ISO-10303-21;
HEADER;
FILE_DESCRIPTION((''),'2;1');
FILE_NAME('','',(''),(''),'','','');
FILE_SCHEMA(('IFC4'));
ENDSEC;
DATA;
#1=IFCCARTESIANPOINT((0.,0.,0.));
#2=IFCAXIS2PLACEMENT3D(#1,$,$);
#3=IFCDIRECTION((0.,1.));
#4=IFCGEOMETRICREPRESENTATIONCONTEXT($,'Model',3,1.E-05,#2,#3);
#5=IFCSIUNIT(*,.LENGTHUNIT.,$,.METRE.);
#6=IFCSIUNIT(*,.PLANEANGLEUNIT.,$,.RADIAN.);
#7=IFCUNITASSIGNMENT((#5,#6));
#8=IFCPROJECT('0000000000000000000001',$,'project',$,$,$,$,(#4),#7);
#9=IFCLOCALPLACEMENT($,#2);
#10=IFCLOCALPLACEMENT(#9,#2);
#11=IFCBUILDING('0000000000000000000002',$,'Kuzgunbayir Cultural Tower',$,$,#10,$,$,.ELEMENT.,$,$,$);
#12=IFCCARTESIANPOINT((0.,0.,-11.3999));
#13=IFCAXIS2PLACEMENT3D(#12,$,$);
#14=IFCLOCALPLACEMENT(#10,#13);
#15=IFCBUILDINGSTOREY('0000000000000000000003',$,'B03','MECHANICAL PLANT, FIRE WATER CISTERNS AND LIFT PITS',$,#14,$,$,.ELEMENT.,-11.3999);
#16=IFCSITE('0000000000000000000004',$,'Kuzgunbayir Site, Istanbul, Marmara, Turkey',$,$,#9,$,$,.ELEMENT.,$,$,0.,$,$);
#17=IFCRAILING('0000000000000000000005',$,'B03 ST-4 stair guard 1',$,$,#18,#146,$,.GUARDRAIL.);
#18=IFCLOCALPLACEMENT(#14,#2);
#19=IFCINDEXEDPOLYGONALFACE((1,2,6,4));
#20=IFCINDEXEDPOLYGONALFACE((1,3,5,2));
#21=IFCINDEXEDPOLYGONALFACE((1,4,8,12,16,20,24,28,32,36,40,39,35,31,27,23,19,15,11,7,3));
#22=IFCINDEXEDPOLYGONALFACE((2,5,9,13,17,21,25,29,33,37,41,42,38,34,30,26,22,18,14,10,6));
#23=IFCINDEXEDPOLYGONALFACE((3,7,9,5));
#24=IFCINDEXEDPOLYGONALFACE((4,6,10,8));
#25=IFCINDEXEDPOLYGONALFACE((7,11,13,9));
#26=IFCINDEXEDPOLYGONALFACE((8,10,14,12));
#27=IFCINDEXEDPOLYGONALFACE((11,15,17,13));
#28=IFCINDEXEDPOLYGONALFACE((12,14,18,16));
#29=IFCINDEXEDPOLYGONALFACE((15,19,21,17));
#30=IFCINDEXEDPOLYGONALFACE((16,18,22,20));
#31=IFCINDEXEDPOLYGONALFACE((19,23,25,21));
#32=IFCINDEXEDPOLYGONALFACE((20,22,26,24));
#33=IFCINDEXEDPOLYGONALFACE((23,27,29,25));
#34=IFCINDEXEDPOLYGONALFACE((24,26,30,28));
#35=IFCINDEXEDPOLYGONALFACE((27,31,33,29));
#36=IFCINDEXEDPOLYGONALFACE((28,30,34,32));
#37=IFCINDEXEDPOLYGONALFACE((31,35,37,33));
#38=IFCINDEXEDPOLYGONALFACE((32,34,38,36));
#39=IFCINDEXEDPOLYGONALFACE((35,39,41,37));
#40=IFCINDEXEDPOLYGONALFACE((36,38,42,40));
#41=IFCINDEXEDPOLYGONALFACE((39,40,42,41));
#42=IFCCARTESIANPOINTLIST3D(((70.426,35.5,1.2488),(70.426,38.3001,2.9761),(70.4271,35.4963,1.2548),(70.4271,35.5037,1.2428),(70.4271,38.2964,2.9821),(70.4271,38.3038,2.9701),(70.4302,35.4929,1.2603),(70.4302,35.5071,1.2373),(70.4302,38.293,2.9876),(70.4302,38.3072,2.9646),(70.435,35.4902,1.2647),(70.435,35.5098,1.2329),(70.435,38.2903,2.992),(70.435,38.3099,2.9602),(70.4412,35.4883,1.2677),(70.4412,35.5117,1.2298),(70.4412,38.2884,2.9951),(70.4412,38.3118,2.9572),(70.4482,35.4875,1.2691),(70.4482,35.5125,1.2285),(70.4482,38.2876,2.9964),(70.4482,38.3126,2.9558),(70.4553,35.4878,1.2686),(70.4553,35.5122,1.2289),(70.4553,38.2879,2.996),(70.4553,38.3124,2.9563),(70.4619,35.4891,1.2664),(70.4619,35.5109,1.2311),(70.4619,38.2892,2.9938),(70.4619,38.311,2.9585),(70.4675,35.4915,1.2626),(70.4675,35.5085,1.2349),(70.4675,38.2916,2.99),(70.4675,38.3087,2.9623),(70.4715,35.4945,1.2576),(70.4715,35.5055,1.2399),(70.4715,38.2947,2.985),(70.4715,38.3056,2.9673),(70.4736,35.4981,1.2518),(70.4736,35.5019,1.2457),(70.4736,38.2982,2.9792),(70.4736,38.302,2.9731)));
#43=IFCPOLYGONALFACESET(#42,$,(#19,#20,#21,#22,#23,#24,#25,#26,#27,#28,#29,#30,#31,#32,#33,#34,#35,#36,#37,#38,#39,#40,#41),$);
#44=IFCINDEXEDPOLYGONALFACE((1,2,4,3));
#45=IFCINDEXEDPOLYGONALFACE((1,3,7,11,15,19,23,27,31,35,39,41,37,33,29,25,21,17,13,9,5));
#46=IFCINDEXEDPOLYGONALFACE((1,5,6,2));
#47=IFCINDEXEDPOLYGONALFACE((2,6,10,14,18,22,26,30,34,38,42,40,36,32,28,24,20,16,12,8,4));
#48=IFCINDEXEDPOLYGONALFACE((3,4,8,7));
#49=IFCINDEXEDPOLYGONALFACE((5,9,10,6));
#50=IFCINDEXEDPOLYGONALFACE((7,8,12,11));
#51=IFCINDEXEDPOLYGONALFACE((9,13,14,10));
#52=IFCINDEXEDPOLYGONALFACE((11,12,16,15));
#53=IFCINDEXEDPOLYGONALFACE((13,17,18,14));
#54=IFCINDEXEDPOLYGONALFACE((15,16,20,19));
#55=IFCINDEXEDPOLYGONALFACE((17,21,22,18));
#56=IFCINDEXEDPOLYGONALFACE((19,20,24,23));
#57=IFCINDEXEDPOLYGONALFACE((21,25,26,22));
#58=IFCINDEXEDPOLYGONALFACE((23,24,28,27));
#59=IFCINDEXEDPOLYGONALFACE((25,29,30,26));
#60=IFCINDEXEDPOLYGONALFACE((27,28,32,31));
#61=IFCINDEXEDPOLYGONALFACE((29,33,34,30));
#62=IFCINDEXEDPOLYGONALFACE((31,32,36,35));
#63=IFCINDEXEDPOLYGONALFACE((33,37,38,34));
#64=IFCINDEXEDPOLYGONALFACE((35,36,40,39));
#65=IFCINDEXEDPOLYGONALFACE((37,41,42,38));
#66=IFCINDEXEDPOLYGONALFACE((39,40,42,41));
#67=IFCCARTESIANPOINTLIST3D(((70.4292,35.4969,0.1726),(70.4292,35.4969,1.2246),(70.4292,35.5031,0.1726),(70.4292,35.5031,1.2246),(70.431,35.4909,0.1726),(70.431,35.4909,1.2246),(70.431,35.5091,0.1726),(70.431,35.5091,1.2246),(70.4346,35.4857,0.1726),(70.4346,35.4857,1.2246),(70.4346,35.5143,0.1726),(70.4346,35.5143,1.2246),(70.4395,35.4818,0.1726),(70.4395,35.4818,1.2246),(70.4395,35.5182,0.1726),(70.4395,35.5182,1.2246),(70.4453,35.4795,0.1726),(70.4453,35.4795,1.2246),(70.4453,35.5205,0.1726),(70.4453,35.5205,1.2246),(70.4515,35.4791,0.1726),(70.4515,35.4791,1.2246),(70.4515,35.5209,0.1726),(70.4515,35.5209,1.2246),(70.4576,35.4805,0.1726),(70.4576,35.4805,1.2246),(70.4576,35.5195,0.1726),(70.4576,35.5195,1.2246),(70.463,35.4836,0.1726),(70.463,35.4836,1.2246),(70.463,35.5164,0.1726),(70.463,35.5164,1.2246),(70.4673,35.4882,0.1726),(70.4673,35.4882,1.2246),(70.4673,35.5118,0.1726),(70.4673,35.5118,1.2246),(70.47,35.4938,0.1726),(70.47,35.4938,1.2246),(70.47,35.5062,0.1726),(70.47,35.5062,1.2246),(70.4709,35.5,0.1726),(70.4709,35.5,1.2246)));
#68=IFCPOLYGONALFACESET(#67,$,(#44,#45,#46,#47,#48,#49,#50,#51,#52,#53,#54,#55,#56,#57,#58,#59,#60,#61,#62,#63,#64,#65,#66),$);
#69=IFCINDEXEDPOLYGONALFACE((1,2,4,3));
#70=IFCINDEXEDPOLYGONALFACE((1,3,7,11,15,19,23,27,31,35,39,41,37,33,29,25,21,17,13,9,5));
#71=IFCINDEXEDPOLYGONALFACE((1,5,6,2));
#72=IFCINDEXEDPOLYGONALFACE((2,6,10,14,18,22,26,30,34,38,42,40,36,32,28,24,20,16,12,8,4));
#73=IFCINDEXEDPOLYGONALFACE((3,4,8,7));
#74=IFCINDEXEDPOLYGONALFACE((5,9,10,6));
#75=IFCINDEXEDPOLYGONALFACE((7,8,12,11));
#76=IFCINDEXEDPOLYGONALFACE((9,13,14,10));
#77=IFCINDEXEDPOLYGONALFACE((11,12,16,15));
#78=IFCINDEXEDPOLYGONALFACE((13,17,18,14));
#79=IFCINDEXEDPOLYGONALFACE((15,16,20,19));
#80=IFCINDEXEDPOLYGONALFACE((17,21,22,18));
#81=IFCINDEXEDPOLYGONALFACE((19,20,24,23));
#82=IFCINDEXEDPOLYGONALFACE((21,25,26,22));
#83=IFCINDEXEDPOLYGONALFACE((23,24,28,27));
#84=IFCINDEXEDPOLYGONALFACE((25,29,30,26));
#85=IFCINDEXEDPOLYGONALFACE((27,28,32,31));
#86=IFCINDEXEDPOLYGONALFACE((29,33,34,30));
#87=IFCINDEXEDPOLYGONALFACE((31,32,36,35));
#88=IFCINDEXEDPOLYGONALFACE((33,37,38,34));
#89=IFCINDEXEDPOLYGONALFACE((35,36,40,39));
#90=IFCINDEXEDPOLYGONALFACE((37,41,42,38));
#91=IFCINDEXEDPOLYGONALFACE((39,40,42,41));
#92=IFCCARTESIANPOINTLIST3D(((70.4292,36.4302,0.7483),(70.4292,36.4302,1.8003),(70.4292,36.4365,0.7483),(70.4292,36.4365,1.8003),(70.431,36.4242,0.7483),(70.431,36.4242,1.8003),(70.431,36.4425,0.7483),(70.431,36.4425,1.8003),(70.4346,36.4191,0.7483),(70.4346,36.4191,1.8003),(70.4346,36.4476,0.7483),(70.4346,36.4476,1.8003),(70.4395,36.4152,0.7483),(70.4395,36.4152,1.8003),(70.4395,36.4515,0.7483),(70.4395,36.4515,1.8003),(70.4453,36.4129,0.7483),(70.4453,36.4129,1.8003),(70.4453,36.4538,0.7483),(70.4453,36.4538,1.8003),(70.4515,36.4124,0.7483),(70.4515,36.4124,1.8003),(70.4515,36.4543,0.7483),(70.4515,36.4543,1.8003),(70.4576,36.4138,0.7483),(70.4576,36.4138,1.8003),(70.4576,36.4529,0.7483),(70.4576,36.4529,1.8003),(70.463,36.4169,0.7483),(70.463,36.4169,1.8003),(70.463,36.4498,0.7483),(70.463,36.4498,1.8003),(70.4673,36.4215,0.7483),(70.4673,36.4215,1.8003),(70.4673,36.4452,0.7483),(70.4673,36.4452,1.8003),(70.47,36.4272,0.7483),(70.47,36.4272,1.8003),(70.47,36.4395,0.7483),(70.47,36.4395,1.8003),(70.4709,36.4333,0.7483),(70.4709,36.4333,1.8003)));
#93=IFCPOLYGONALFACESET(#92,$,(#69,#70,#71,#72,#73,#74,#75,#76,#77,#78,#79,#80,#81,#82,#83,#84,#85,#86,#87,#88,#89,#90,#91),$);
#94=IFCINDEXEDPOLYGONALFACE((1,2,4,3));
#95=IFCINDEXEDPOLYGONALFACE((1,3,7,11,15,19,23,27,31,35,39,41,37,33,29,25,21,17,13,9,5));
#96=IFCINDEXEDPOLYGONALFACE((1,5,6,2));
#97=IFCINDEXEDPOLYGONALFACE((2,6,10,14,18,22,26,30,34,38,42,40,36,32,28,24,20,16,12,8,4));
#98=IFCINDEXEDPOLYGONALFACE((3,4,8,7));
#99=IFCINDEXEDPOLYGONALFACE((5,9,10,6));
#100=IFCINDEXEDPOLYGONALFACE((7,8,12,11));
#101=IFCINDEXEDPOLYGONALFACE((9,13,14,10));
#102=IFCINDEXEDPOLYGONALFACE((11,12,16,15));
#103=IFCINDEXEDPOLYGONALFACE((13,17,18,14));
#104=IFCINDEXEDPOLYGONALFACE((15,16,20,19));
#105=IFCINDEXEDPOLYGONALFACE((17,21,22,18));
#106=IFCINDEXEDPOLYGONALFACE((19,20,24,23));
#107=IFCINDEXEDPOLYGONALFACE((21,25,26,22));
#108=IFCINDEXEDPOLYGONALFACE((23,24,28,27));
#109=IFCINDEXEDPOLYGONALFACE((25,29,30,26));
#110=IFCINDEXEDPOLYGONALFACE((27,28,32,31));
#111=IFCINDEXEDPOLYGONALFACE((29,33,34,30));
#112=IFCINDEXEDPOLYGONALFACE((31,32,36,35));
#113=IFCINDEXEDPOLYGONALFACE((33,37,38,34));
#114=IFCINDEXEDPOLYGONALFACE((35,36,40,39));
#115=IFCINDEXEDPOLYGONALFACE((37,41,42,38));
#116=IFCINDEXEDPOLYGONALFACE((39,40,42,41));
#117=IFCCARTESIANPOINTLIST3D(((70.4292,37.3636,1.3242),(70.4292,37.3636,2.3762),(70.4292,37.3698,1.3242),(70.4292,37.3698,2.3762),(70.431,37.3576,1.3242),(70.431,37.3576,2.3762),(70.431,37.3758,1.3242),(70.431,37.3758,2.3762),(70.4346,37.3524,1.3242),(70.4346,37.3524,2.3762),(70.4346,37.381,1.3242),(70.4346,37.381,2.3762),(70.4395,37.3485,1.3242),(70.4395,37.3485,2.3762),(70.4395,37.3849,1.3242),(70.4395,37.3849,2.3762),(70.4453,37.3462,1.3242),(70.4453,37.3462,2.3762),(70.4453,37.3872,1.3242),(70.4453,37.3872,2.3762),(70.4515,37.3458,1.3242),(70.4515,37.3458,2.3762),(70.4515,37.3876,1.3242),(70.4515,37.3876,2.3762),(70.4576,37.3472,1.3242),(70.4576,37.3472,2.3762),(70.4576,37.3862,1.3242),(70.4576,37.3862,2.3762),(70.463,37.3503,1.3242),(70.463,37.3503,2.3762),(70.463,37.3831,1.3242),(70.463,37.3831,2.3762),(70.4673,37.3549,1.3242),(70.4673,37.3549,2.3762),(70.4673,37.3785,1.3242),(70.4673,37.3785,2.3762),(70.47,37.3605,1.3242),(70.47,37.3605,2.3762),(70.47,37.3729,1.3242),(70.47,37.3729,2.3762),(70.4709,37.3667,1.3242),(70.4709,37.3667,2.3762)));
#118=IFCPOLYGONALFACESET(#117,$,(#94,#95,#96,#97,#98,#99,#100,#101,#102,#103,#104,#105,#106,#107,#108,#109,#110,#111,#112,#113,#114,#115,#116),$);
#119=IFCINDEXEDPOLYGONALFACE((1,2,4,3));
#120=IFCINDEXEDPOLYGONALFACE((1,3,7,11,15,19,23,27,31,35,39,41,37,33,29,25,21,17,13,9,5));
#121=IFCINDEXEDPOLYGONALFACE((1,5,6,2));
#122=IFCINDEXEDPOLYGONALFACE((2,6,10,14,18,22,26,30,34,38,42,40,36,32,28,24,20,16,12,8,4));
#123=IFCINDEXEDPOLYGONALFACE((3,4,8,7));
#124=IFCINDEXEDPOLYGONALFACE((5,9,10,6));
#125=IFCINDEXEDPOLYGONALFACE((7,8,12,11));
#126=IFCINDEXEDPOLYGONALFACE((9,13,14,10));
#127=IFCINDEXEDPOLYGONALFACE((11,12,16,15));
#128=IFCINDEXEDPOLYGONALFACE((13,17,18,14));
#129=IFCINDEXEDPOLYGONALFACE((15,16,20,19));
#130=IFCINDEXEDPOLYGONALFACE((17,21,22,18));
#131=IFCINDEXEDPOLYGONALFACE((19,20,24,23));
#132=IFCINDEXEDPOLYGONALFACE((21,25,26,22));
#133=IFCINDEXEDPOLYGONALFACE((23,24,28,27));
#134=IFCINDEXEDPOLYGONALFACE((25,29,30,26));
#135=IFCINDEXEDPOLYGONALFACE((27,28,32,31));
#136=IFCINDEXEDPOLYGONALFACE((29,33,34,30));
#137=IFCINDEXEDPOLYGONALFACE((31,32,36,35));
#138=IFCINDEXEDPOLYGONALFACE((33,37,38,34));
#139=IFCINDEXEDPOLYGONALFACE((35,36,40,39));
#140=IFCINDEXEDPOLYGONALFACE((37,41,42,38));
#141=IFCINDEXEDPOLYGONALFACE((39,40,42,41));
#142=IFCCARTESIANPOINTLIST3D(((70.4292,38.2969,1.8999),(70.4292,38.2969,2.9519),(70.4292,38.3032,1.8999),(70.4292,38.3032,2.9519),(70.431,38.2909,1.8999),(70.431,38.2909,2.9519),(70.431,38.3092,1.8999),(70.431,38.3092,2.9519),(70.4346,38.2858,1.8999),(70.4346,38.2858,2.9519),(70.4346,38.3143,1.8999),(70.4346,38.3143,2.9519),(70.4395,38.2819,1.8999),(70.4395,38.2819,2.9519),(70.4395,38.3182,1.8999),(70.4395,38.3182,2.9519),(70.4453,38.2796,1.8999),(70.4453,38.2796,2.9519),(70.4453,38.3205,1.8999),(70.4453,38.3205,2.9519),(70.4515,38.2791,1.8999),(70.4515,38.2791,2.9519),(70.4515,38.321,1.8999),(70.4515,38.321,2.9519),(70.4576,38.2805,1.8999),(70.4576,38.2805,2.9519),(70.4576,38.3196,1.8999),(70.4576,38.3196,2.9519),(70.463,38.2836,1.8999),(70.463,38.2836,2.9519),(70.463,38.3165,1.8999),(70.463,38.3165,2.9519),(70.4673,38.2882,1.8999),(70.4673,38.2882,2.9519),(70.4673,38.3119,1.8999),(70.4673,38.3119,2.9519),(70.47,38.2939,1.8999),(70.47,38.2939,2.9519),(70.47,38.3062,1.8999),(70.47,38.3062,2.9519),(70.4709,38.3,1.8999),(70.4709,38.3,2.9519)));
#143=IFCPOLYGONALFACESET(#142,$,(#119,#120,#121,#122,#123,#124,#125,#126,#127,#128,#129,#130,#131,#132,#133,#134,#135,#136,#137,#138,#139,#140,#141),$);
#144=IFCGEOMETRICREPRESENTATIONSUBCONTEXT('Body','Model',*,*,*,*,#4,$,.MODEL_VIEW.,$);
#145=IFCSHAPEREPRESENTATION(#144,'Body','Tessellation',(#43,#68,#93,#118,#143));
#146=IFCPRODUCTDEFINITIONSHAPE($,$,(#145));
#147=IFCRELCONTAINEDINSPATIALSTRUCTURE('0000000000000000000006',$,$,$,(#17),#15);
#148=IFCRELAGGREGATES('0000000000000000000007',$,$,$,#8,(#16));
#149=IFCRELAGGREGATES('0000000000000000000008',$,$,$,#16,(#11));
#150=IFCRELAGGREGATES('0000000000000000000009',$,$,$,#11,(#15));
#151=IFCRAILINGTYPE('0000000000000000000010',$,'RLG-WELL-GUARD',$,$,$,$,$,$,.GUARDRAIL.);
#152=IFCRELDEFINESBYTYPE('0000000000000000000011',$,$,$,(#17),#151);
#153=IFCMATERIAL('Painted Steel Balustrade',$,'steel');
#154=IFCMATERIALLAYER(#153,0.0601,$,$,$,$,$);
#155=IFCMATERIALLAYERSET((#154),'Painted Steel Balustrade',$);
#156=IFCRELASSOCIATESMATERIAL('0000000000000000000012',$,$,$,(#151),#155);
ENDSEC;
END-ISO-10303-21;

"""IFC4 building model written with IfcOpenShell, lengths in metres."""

from ifc_helpers import new_model, si_unit, direction, frame, origin, origin_2d, place, context, subcontext, project, spatial, circle, extrude, material, layer, layer_set, type_object, element, save


model = new_model("IFC4")

# Units and contexts
model_context = context("Model", 3, precision=1e-05, world=origin(), true_north=direction((0.0, 1.0)))
body_context = subcontext(model_context, "Body", "Model", "MODEL_VIEW")
ifc_project = project(units=[si_unit("LENGTHUNIT", "METRE"), si_unit("PLANEANGLEUNIT", "RADIAN")], contexts=[model_context])

# Site, building, storey
site_placement = place(None, origin())
site = spatial("IfcSite", under=ifc_project, at=site_placement, Name="Kuzgunbayir Site, Istanbul, Marmara, Turkey", CompositionType="ELEMENT", RefElevation=0.0)
building_placement = place(site_placement, origin())
building = spatial("IfcBuilding", under=site, at=building_placement, Name="Kuzgunbayir Cultural Tower", CompositionType="ELEMENT")
storey_placement = place(building_placement, frame((0.0, 0.0, -11.3999)))
storey = spatial("IfcBuildingStorey", under=building, at=storey_placement, Name="B03", Description="MECHANICAL PLANT, FIRE WATER CISTERNS AND LIFT PITS", CompositionType="ELEMENT", Elevation=-11.3999)

# Railing
ifc_material_1 = material(Name="Painted Steel Balustrade", Category="steel")
ifc_layer_1 = layer(ifc_material_1, 0.0601)
ifc_layer_set_1 = layer_set([ifc_layer_1], Name="Painted Steel Balustrade")
railing_type_1 = type_object("IfcRailingType", Name="RLG-WELL-GUARD", PredefinedType="GUARDRAIL", material=ifc_layer_set_1)
railing_1_placement = place(storey_placement, frame((70.45, 35.5, 0.1726)))
element("IfcRailing", 1, at=railing_1_placement, inside=storey, type_object=railing_type_1, Name="B03 ST-4 stair guard 1", PredefinedType="GUARDRAIL", context=body_context, shape_type="SweptSolid", body=[
    extrude(circle(Radius=0.0239, at=origin_2d()), frame((0.0, 0.0, 1.0762), z_axis=(0.0, 0.85109, 0.52502), x_axis=(-1.0, 0.0, 0.0)), (0.0, 0.0, 1.0), 3.29),
    extrude(circle(Radius=0.021, at=origin_2d()), origin(), (0.0, 0.0, 1.0), 1.052),
    extrude(circle(Radius=0.021, at=origin_2d()), frame((0.0, 0.9333, 0.5757)), (0.0, 0.0, 1.0), 1.052),
    extrude(circle(Radius=0.021, at=origin_2d()), frame((0.0, 1.8667, 1.1516)), (0.0, 0.0, 1.0), 1.052),
    extrude(circle(Radius=0.021, at=origin_2d()), frame((0.0, 2.8, 1.7273)), (0.0, 0.0, 1.0), 1.052),
])

save(model, "model.ifc")
